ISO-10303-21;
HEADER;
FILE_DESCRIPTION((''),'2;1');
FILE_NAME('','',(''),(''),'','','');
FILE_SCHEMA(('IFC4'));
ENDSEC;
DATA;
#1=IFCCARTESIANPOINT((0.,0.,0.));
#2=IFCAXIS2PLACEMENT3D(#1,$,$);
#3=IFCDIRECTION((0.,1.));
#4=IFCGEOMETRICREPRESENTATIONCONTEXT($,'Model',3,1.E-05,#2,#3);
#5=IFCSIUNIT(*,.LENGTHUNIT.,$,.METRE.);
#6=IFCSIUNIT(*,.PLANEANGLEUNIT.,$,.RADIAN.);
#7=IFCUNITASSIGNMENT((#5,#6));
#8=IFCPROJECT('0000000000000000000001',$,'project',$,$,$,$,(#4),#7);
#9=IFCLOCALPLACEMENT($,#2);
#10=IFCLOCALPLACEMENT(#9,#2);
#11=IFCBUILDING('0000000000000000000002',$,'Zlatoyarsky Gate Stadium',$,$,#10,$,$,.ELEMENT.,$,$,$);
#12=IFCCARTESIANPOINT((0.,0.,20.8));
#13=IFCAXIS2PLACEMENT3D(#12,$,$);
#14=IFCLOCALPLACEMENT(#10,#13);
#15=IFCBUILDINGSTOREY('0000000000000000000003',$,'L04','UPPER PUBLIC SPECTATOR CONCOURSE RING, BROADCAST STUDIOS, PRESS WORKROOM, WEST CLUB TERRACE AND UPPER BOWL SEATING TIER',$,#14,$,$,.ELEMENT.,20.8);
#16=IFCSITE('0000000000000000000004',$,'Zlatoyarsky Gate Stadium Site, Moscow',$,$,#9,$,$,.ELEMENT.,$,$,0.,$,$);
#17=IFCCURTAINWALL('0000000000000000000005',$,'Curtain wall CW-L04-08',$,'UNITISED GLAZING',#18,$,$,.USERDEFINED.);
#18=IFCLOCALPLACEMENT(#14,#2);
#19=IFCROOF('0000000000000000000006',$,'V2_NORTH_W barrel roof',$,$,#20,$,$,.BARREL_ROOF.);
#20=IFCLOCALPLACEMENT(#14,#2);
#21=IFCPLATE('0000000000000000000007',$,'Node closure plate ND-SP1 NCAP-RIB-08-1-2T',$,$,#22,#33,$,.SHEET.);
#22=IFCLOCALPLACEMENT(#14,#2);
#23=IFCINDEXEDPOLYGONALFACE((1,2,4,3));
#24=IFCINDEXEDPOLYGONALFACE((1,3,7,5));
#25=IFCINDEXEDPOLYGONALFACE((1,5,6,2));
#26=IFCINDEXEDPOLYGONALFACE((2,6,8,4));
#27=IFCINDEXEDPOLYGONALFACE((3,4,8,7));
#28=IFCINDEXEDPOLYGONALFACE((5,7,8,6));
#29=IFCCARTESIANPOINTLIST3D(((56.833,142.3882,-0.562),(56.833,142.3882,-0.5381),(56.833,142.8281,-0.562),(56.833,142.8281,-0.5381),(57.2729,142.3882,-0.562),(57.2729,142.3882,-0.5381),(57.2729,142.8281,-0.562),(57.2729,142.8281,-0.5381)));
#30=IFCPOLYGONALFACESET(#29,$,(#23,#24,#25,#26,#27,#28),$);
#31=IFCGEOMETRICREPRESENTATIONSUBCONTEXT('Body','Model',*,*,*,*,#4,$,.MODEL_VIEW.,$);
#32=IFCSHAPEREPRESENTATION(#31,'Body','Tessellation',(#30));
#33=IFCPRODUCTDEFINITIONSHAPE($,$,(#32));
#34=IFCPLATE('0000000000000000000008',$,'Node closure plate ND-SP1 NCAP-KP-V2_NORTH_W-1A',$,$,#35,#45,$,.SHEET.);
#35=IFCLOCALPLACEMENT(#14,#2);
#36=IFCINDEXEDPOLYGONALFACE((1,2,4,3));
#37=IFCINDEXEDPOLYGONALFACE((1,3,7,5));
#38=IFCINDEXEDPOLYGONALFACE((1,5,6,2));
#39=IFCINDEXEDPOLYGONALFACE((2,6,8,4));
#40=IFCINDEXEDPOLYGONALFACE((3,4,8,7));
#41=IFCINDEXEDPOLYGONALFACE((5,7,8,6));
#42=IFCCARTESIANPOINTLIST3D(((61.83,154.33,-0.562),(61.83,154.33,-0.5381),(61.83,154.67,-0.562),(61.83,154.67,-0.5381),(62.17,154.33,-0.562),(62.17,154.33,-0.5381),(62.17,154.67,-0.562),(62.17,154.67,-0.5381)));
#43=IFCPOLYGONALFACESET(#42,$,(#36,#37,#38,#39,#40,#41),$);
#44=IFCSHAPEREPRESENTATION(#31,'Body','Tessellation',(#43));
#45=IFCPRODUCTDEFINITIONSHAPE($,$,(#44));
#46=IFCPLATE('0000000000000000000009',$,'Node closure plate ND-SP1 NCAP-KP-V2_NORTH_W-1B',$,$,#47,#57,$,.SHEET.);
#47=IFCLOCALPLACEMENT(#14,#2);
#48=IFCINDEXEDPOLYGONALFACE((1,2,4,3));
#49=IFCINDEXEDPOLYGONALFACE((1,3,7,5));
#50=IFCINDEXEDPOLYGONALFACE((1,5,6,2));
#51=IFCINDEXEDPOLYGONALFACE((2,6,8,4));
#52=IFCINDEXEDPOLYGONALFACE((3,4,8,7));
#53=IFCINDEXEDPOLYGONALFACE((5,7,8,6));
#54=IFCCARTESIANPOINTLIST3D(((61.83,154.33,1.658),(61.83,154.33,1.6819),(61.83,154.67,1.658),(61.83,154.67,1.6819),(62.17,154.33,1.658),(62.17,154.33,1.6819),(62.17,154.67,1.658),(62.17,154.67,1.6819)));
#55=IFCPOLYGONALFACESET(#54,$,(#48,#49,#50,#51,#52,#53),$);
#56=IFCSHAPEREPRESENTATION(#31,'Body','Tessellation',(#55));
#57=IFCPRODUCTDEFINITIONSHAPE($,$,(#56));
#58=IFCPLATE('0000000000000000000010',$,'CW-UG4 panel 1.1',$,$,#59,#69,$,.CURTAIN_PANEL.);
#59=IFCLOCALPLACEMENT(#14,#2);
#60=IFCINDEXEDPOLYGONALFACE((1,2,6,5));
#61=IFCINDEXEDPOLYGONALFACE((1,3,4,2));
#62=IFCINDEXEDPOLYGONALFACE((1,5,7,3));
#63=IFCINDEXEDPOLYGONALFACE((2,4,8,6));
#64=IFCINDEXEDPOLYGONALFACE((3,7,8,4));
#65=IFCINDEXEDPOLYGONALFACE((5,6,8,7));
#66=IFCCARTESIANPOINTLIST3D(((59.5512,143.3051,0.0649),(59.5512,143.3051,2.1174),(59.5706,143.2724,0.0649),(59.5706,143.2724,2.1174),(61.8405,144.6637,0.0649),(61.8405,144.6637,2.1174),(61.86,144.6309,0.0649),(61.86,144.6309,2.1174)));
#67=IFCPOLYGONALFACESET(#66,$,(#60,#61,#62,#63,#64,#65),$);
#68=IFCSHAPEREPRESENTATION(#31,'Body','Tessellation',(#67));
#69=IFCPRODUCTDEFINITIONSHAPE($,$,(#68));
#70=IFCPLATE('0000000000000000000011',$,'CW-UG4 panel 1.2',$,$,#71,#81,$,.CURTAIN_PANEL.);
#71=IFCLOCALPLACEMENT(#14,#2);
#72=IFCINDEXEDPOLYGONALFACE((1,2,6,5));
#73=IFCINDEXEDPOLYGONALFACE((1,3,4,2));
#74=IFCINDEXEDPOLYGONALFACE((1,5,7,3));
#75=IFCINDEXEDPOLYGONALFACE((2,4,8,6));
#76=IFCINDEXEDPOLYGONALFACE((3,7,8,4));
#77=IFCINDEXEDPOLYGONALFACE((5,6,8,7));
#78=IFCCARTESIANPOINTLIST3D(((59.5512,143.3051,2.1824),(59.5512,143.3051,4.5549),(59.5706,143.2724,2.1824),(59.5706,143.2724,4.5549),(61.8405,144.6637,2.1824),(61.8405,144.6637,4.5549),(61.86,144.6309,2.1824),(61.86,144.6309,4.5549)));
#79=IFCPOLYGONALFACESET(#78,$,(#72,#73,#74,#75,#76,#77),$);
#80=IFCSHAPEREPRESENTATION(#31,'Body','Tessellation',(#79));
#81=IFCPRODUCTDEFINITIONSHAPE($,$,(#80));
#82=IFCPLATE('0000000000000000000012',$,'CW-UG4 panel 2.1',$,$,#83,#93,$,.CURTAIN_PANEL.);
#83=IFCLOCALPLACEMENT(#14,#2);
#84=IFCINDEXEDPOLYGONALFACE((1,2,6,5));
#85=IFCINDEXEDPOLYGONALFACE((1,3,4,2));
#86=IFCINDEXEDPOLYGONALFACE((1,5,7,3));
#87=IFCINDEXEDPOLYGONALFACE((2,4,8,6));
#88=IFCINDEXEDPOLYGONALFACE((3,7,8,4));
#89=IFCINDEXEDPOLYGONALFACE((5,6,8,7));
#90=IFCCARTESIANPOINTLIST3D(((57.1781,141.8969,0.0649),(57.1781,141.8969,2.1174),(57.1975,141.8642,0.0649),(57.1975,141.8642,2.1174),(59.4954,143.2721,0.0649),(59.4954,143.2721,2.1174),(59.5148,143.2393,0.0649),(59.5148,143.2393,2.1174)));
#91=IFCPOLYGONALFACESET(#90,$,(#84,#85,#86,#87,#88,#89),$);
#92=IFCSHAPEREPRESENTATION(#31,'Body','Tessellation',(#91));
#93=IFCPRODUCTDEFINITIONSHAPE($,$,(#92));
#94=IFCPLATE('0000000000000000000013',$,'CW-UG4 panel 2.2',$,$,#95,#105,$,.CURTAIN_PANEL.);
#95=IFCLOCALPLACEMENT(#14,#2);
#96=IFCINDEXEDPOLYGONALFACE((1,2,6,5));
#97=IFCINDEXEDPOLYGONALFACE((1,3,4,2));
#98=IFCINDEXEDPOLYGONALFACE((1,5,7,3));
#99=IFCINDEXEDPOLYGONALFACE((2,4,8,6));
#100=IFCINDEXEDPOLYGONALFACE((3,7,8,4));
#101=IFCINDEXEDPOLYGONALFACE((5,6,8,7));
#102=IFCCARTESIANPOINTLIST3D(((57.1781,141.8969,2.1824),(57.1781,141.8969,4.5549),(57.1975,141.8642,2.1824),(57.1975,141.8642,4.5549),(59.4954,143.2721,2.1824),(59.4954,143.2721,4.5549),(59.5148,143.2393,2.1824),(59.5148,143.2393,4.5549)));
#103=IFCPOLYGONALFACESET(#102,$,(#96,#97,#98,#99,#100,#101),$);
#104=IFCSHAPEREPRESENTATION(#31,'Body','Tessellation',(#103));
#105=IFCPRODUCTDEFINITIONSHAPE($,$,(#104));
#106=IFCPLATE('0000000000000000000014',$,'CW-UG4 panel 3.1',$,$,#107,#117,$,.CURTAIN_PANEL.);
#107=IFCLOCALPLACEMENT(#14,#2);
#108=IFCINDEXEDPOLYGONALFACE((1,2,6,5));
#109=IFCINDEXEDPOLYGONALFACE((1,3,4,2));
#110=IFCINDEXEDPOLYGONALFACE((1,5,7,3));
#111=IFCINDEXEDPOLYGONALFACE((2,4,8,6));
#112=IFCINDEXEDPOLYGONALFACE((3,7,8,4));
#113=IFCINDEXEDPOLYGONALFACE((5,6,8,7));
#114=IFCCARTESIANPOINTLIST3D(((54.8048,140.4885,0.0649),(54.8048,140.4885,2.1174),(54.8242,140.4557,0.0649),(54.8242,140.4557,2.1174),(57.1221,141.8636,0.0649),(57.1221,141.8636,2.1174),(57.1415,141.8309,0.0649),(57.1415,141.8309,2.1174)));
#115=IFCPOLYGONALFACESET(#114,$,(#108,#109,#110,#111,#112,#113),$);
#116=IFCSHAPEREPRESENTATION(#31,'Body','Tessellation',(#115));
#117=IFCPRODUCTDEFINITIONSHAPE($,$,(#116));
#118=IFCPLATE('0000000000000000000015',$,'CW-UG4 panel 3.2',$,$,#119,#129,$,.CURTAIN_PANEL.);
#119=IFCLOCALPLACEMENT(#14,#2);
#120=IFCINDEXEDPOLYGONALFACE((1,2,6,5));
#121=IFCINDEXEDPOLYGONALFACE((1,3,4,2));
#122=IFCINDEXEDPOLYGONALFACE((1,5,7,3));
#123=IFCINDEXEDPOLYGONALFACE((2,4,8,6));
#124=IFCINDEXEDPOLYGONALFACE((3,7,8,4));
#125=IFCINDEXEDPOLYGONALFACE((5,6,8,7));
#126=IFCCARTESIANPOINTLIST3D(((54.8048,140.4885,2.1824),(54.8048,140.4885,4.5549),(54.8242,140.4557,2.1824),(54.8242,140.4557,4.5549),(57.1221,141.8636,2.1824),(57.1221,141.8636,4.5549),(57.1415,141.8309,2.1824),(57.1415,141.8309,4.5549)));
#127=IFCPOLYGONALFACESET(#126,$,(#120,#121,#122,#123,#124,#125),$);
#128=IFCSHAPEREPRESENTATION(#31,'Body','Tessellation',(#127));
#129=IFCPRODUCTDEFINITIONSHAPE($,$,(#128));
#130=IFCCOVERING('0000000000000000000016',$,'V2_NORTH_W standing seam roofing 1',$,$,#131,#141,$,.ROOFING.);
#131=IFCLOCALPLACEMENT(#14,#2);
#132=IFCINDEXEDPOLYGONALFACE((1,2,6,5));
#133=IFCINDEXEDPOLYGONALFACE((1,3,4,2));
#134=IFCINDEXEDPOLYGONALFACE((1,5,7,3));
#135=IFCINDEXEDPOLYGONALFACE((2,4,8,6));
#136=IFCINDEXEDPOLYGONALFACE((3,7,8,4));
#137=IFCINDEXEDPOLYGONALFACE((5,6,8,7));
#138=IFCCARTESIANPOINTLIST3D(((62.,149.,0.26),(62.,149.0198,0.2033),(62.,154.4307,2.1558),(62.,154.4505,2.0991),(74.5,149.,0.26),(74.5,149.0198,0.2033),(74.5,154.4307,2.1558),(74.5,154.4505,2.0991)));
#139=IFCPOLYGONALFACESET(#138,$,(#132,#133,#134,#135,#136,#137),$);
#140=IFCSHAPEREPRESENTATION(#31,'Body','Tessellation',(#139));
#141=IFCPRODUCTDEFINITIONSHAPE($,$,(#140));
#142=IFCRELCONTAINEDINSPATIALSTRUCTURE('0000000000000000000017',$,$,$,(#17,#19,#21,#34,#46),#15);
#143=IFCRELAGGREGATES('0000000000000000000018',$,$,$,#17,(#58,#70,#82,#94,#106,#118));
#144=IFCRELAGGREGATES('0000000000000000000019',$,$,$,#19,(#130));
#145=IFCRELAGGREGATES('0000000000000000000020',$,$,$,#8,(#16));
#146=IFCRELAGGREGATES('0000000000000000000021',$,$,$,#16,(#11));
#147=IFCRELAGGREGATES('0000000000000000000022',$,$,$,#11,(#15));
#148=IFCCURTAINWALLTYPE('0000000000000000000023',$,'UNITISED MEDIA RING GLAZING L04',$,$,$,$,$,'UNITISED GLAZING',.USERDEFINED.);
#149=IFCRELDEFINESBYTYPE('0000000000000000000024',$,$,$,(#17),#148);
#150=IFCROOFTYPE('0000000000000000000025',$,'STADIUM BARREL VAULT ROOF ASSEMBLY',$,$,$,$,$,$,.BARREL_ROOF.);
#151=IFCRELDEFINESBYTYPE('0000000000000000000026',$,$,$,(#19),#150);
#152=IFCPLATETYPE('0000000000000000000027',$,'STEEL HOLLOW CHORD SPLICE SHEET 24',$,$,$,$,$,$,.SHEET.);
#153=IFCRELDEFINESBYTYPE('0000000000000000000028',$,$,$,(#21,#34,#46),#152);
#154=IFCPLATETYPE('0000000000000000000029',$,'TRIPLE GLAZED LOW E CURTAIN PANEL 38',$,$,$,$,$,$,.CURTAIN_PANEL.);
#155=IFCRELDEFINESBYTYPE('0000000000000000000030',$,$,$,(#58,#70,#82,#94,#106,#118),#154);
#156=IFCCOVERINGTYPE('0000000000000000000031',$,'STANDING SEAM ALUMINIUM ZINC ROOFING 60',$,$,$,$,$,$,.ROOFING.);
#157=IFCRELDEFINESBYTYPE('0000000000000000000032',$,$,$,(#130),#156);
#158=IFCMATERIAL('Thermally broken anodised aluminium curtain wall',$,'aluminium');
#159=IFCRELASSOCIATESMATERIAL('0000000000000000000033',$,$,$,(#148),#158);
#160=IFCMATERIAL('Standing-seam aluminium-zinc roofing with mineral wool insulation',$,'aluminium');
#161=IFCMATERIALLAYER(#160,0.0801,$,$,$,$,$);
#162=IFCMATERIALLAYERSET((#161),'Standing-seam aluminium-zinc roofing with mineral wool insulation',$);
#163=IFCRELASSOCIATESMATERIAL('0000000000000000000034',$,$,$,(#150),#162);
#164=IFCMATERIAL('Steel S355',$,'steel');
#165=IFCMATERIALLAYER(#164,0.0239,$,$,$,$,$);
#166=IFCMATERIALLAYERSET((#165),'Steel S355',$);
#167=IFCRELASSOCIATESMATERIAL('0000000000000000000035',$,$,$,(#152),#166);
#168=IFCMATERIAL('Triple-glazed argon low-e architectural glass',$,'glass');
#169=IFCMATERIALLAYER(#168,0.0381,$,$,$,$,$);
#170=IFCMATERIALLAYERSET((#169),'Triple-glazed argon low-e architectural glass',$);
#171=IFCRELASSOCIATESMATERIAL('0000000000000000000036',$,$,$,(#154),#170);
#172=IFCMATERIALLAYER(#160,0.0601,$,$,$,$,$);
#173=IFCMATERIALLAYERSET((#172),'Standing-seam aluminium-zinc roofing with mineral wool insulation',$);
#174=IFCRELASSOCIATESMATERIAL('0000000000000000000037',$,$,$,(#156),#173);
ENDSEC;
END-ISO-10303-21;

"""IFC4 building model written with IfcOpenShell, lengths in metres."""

from ifc_helpers import new_model, si_unit, direction, frame, origin, origin_2d, place, context, subcontext, project, spatial, polyline, rectangle, outline, extrude, material, layer, layer_set, type_object, element, aggregate, save


model = new_model("IFC4")

# Units and contexts
model_context = context("Model", 3, precision=1e-05, world=origin(), true_north=direction((0.0, 1.0)))
body_context = subcontext(model_context, "Body", "Model", "MODEL_VIEW")
ifc_project = project(units=[si_unit("LENGTHUNIT", "METRE"), si_unit("PLANEANGLEUNIT", "RADIAN")], contexts=[model_context])

# Site, building, storey
site_placement = place(None, origin())
site = spatial("IfcSite", under=ifc_project, at=site_placement, Name="Zlatoyarsky Gate Stadium Site, Moscow", CompositionType="ELEMENT", RefElevation=0.0)
building_placement = place(site_placement, origin())
building = spatial("IfcBuilding", under=site, at=building_placement, Name="Zlatoyarsky Gate Stadium", CompositionType="ELEMENT")
storey_placement = place(building_placement, frame((0.0, 0.0, 20.8)))
storey = spatial("IfcBuildingStorey", under=building, at=storey_placement, Name="L04", Description="UPPER PUBLIC SPECTATOR CONCOURSE RING, BROADCAST STUDIOS, PRESS WORKROOM, WEST CLUB TERRACE AND UPPER BOWL SEATING TIER", CompositionType="ELEMENT", Elevation=20.8)

# Curtain wall
ifc_material_1 = material(Name="Thermally broken anodised aluminium curtain wall", Category="aluminium")
curtain_wall_type = type_object("IfcCurtainWallType", Name="UNITISED MEDIA RING GLAZING L04", ElementType="UNITISED GLAZING", PredefinedType="USERDEFINED", material=ifc_material_1)
curtain_wall_placement = place(storey_placement, origin())
curtain_wall = element("IfcCurtainWall", 1, at=curtain_wall_placement, inside=storey, type_object=curtain_wall_type, Name="Curtain wall CW-L04-08", ObjectType="UNITISED GLAZING", PredefinedType="USERDEFINED")

# Shared definitions
ifc_material_2 = material(Name="Steel S355", Category="steel")

# Roof
ifc_material_3 = material(Name="Standing-seam aluminium-zinc roofing with mineral wool insulation", Category="aluminium")
ifc_layer_1 = layer(ifc_material_3, 0.0801)
ifc_layer_set_1 = layer_set([ifc_layer_1], Name="Standing-seam aluminium-zinc roofing with mineral wool insulation")
roof_type = type_object("IfcRoofType", Name="STADIUM BARREL VAULT ROOF ASSEMBLY", PredefinedType="BARREL_ROOF", material=ifc_layer_set_1)
roof_placement = place(storey_placement, origin())
roof = element("IfcRoof", 2, at=roof_placement, inside=storey, type_object=roof_type, Name="V2_NORTH_W barrel roof", PredefinedType="BARREL_ROOF")

# Plates
ifc_layer_2 = layer(ifc_material_2, 0.0239)
ifc_layer_set_2 = layer_set([ifc_layer_2], Name="Steel S355")
plate_type_1 = type_object("IfcPlateType", Name="STEEL HOLLOW CHORD SPLICE SHEET 24", PredefinedType="SHEET", material=ifc_layer_set_2)
plate_1_placement = place(storey_placement, frame((57.053, 142.6082, -0.562), z_axis=(0.0, 0.0, 1.0), x_axis=(1.0, 0.0, 0.0)))
element("IfcPlate", 3, at=plate_1_placement, inside=storey, type_object=plate_type_1, Name="Node closure plate ND-SP1 NCAP-RIB-08-1-2T", PredefinedType="SHEET", context=body_context, shape_type="SweptSolid", body=[
    extrude(rectangle(XDim=0.4399, YDim=0.4399, at=origin_2d()), origin(), (0.0, 0.0, 1.0), 0.0239),
])
for number, where, z_axis, x_axis, name in (
    (4, (62.0, 154.5, -0.562), (0.0, 0.0, 1.0), (1.0, 0.0, 0.0), "Node closure plate ND-SP1 NCAP-KP-V2_NORTH_W-1A"),
    (5, (62.0, 154.5, 1.658), (0.0, 0.0, 1.0), (1.0, 0.0, 0.0), "Node closure plate ND-SP1 NCAP-KP-V2_NORTH_W-1B"),
):
    element("IfcPlate", number, at=place(storey_placement, frame(where, z_axis=z_axis, x_axis=x_axis)), inside=storey, type_object=plate_type_1, Name=name, PredefinedType="SHEET", context=body_context, shape_type="SweptSolid", body=[
        extrude(rectangle(XDim=0.3401, YDim=0.3401, at=origin_2d()), origin(), (0.0, 0.0, 1.0), 0.0239),
    ])

# Plates
ifc_material_4 = material(Name="Triple-glazed argon low-e architectural glass", Category="glass")
ifc_layer_3 = layer(ifc_material_4, 0.0381)
ifc_layer_set_3 = layer_set([ifc_layer_3], Name="Triple-glazed argon low-e architectural glass")
plate_type_2 = type_object("IfcPlateType", Name="TRIPLE GLAZED LOW E CURTAIN PANEL 38", PredefinedType="CURTAIN_PANEL", material=ifc_layer_set_3)
plate_2_placement = place(storey_placement, frame((60.7056, 143.968, 0.0649), z_axis=(0.0, 0.0, 1.0), x_axis=(-0.859978, -0.51033, 0.0)))
plate_2 = element("IfcPlate", 6, at=plate_2_placement, type_object=plate_type_2, Name="CW-UG4 panel 1.1", PredefinedType="CURTAIN_PANEL", context=body_context, shape_type="SweptSolid", body=[
    extrude(rectangle(XDim=2.6621, YDim=0.0381, at=origin_2d()), origin(), (0.0, 0.0, 1.0), 2.0525),
])
plate_3_placement = place(storey_placement, frame((60.7056, 143.968, 2.1824), z_axis=(0.0, 0.0, 1.0), x_axis=(-0.859978, -0.51033, 0.0)))
plate_3 = element("IfcPlate", 7, at=plate_3_placement, type_object=plate_type_2, Name="CW-UG4 panel 1.2", PredefinedType="CURTAIN_PANEL", context=body_context, shape_type="SweptSolid", body=[
    extrude(rectangle(XDim=2.6621, YDim=0.0381, at=origin_2d()), origin(), (0.0, 0.0, 1.0), 2.3726),
])
plate_4_placement = place(storey_placement, frame((58.3464, 142.5681, 0.0649), z_axis=(0.0, 0.0, 1.0), x_axis=(-0.859978, -0.51033, 0.0)))
plate_4 = element("IfcPlate", 8, at=plate_4_placement, type_object=plate_type_2, Name="CW-UG4 panel 2.1", PredefinedType="CURTAIN_PANEL", context=body_context, shape_type="SweptSolid", body=[
    extrude(rectangle(XDim=2.6946, YDim=0.0381, at=origin_2d()), origin(), (0.0, 0.0, 1.0), 2.0525),
])
plate_5_placement = place(storey_placement, frame((58.3464, 142.5681, 2.1824), z_axis=(0.0, 0.0, 1.0), x_axis=(-0.859978, -0.51033, 0.0)))
plate_5 = element("IfcPlate", 9, at=plate_5_placement, type_object=plate_type_2, Name="CW-UG4 panel 2.2", PredefinedType="CURTAIN_PANEL", context=body_context, shape_type="SweptSolid", body=[
    extrude(rectangle(XDim=2.6946, YDim=0.0381, at=origin_2d()), origin(), (0.0, 0.0, 1.0), 2.3726),
])
plate_6_placement = place(storey_placement, frame((55.9731, 141.1597, 0.0649), z_axis=(0.0, 0.0, 1.0), x_axis=(-0.859978, -0.51033, 0.0)))
plate_6 = element("IfcPlate", 10, at=plate_6_placement, type_object=plate_type_2, Name="CW-UG4 panel 3.1", PredefinedType="CURTAIN_PANEL", context=body_context, shape_type="SweptSolid", body=[
    extrude(rectangle(XDim=2.6946, YDim=0.0381, at=origin_2d()), origin(), (0.0, 0.0, 1.0), 2.0525),
])
plate_7_placement = place(storey_placement, frame((55.9731, 141.1597, 2.1824), z_axis=(0.0, 0.0, 1.0), x_axis=(-0.859978, -0.51033, 0.0)))
plate_7 = element("IfcPlate", 11, at=plate_7_placement, type_object=plate_type_2, Name="CW-UG4 panel 3.2", PredefinedType="CURTAIN_PANEL", context=body_context, shape_type="SweptSolid", body=[
    extrude(rectangle(XDim=2.6946, YDim=0.0381, at=origin_2d()), origin(), (0.0, 0.0, 1.0), 2.3726),
])
aggregate(curtain_wall, [plate_2, plate_3, plate_4, plate_5, plate_6, plate_7])

# Covering
ifc_layer_4 = layer(ifc_material_3, 0.0601)
ifc_layer_set_4 = layer_set([ifc_layer_4], Name="Standing-seam aluminium-zinc roofing with mineral wool insulation")
covering_type = type_object("IfcCoveringType", Name="STANDING SEAM ALUMINIUM ZINC ROOFING 60", PredefinedType="ROOFING", material=ifc_layer_set_4)
covering_placement = place(storey_placement, frame((62.0, 149.0, 0.26), z_axis=(0.0, -0.329579, 0.944128), x_axis=(1.0, 0.0, 0.0)))
covering = element("IfcCovering", 12, at=covering_placement, type_object=covering_type, Name="V2_NORTH_W standing seam roofing 1", PredefinedType="ROOFING", context=body_context, shape_type="SweptSolid", body=[
    extrude(outline(polyline([(0.0, 0.0), (12.5, 0.0), (12.5, 5.752), (0.0, 5.752), (0.0, 0.0)])), origin(), (0.0, 0.0, -1.0), 0.0601),
])
aggregate(roof, [covering])

save(model, "model.ifc")
